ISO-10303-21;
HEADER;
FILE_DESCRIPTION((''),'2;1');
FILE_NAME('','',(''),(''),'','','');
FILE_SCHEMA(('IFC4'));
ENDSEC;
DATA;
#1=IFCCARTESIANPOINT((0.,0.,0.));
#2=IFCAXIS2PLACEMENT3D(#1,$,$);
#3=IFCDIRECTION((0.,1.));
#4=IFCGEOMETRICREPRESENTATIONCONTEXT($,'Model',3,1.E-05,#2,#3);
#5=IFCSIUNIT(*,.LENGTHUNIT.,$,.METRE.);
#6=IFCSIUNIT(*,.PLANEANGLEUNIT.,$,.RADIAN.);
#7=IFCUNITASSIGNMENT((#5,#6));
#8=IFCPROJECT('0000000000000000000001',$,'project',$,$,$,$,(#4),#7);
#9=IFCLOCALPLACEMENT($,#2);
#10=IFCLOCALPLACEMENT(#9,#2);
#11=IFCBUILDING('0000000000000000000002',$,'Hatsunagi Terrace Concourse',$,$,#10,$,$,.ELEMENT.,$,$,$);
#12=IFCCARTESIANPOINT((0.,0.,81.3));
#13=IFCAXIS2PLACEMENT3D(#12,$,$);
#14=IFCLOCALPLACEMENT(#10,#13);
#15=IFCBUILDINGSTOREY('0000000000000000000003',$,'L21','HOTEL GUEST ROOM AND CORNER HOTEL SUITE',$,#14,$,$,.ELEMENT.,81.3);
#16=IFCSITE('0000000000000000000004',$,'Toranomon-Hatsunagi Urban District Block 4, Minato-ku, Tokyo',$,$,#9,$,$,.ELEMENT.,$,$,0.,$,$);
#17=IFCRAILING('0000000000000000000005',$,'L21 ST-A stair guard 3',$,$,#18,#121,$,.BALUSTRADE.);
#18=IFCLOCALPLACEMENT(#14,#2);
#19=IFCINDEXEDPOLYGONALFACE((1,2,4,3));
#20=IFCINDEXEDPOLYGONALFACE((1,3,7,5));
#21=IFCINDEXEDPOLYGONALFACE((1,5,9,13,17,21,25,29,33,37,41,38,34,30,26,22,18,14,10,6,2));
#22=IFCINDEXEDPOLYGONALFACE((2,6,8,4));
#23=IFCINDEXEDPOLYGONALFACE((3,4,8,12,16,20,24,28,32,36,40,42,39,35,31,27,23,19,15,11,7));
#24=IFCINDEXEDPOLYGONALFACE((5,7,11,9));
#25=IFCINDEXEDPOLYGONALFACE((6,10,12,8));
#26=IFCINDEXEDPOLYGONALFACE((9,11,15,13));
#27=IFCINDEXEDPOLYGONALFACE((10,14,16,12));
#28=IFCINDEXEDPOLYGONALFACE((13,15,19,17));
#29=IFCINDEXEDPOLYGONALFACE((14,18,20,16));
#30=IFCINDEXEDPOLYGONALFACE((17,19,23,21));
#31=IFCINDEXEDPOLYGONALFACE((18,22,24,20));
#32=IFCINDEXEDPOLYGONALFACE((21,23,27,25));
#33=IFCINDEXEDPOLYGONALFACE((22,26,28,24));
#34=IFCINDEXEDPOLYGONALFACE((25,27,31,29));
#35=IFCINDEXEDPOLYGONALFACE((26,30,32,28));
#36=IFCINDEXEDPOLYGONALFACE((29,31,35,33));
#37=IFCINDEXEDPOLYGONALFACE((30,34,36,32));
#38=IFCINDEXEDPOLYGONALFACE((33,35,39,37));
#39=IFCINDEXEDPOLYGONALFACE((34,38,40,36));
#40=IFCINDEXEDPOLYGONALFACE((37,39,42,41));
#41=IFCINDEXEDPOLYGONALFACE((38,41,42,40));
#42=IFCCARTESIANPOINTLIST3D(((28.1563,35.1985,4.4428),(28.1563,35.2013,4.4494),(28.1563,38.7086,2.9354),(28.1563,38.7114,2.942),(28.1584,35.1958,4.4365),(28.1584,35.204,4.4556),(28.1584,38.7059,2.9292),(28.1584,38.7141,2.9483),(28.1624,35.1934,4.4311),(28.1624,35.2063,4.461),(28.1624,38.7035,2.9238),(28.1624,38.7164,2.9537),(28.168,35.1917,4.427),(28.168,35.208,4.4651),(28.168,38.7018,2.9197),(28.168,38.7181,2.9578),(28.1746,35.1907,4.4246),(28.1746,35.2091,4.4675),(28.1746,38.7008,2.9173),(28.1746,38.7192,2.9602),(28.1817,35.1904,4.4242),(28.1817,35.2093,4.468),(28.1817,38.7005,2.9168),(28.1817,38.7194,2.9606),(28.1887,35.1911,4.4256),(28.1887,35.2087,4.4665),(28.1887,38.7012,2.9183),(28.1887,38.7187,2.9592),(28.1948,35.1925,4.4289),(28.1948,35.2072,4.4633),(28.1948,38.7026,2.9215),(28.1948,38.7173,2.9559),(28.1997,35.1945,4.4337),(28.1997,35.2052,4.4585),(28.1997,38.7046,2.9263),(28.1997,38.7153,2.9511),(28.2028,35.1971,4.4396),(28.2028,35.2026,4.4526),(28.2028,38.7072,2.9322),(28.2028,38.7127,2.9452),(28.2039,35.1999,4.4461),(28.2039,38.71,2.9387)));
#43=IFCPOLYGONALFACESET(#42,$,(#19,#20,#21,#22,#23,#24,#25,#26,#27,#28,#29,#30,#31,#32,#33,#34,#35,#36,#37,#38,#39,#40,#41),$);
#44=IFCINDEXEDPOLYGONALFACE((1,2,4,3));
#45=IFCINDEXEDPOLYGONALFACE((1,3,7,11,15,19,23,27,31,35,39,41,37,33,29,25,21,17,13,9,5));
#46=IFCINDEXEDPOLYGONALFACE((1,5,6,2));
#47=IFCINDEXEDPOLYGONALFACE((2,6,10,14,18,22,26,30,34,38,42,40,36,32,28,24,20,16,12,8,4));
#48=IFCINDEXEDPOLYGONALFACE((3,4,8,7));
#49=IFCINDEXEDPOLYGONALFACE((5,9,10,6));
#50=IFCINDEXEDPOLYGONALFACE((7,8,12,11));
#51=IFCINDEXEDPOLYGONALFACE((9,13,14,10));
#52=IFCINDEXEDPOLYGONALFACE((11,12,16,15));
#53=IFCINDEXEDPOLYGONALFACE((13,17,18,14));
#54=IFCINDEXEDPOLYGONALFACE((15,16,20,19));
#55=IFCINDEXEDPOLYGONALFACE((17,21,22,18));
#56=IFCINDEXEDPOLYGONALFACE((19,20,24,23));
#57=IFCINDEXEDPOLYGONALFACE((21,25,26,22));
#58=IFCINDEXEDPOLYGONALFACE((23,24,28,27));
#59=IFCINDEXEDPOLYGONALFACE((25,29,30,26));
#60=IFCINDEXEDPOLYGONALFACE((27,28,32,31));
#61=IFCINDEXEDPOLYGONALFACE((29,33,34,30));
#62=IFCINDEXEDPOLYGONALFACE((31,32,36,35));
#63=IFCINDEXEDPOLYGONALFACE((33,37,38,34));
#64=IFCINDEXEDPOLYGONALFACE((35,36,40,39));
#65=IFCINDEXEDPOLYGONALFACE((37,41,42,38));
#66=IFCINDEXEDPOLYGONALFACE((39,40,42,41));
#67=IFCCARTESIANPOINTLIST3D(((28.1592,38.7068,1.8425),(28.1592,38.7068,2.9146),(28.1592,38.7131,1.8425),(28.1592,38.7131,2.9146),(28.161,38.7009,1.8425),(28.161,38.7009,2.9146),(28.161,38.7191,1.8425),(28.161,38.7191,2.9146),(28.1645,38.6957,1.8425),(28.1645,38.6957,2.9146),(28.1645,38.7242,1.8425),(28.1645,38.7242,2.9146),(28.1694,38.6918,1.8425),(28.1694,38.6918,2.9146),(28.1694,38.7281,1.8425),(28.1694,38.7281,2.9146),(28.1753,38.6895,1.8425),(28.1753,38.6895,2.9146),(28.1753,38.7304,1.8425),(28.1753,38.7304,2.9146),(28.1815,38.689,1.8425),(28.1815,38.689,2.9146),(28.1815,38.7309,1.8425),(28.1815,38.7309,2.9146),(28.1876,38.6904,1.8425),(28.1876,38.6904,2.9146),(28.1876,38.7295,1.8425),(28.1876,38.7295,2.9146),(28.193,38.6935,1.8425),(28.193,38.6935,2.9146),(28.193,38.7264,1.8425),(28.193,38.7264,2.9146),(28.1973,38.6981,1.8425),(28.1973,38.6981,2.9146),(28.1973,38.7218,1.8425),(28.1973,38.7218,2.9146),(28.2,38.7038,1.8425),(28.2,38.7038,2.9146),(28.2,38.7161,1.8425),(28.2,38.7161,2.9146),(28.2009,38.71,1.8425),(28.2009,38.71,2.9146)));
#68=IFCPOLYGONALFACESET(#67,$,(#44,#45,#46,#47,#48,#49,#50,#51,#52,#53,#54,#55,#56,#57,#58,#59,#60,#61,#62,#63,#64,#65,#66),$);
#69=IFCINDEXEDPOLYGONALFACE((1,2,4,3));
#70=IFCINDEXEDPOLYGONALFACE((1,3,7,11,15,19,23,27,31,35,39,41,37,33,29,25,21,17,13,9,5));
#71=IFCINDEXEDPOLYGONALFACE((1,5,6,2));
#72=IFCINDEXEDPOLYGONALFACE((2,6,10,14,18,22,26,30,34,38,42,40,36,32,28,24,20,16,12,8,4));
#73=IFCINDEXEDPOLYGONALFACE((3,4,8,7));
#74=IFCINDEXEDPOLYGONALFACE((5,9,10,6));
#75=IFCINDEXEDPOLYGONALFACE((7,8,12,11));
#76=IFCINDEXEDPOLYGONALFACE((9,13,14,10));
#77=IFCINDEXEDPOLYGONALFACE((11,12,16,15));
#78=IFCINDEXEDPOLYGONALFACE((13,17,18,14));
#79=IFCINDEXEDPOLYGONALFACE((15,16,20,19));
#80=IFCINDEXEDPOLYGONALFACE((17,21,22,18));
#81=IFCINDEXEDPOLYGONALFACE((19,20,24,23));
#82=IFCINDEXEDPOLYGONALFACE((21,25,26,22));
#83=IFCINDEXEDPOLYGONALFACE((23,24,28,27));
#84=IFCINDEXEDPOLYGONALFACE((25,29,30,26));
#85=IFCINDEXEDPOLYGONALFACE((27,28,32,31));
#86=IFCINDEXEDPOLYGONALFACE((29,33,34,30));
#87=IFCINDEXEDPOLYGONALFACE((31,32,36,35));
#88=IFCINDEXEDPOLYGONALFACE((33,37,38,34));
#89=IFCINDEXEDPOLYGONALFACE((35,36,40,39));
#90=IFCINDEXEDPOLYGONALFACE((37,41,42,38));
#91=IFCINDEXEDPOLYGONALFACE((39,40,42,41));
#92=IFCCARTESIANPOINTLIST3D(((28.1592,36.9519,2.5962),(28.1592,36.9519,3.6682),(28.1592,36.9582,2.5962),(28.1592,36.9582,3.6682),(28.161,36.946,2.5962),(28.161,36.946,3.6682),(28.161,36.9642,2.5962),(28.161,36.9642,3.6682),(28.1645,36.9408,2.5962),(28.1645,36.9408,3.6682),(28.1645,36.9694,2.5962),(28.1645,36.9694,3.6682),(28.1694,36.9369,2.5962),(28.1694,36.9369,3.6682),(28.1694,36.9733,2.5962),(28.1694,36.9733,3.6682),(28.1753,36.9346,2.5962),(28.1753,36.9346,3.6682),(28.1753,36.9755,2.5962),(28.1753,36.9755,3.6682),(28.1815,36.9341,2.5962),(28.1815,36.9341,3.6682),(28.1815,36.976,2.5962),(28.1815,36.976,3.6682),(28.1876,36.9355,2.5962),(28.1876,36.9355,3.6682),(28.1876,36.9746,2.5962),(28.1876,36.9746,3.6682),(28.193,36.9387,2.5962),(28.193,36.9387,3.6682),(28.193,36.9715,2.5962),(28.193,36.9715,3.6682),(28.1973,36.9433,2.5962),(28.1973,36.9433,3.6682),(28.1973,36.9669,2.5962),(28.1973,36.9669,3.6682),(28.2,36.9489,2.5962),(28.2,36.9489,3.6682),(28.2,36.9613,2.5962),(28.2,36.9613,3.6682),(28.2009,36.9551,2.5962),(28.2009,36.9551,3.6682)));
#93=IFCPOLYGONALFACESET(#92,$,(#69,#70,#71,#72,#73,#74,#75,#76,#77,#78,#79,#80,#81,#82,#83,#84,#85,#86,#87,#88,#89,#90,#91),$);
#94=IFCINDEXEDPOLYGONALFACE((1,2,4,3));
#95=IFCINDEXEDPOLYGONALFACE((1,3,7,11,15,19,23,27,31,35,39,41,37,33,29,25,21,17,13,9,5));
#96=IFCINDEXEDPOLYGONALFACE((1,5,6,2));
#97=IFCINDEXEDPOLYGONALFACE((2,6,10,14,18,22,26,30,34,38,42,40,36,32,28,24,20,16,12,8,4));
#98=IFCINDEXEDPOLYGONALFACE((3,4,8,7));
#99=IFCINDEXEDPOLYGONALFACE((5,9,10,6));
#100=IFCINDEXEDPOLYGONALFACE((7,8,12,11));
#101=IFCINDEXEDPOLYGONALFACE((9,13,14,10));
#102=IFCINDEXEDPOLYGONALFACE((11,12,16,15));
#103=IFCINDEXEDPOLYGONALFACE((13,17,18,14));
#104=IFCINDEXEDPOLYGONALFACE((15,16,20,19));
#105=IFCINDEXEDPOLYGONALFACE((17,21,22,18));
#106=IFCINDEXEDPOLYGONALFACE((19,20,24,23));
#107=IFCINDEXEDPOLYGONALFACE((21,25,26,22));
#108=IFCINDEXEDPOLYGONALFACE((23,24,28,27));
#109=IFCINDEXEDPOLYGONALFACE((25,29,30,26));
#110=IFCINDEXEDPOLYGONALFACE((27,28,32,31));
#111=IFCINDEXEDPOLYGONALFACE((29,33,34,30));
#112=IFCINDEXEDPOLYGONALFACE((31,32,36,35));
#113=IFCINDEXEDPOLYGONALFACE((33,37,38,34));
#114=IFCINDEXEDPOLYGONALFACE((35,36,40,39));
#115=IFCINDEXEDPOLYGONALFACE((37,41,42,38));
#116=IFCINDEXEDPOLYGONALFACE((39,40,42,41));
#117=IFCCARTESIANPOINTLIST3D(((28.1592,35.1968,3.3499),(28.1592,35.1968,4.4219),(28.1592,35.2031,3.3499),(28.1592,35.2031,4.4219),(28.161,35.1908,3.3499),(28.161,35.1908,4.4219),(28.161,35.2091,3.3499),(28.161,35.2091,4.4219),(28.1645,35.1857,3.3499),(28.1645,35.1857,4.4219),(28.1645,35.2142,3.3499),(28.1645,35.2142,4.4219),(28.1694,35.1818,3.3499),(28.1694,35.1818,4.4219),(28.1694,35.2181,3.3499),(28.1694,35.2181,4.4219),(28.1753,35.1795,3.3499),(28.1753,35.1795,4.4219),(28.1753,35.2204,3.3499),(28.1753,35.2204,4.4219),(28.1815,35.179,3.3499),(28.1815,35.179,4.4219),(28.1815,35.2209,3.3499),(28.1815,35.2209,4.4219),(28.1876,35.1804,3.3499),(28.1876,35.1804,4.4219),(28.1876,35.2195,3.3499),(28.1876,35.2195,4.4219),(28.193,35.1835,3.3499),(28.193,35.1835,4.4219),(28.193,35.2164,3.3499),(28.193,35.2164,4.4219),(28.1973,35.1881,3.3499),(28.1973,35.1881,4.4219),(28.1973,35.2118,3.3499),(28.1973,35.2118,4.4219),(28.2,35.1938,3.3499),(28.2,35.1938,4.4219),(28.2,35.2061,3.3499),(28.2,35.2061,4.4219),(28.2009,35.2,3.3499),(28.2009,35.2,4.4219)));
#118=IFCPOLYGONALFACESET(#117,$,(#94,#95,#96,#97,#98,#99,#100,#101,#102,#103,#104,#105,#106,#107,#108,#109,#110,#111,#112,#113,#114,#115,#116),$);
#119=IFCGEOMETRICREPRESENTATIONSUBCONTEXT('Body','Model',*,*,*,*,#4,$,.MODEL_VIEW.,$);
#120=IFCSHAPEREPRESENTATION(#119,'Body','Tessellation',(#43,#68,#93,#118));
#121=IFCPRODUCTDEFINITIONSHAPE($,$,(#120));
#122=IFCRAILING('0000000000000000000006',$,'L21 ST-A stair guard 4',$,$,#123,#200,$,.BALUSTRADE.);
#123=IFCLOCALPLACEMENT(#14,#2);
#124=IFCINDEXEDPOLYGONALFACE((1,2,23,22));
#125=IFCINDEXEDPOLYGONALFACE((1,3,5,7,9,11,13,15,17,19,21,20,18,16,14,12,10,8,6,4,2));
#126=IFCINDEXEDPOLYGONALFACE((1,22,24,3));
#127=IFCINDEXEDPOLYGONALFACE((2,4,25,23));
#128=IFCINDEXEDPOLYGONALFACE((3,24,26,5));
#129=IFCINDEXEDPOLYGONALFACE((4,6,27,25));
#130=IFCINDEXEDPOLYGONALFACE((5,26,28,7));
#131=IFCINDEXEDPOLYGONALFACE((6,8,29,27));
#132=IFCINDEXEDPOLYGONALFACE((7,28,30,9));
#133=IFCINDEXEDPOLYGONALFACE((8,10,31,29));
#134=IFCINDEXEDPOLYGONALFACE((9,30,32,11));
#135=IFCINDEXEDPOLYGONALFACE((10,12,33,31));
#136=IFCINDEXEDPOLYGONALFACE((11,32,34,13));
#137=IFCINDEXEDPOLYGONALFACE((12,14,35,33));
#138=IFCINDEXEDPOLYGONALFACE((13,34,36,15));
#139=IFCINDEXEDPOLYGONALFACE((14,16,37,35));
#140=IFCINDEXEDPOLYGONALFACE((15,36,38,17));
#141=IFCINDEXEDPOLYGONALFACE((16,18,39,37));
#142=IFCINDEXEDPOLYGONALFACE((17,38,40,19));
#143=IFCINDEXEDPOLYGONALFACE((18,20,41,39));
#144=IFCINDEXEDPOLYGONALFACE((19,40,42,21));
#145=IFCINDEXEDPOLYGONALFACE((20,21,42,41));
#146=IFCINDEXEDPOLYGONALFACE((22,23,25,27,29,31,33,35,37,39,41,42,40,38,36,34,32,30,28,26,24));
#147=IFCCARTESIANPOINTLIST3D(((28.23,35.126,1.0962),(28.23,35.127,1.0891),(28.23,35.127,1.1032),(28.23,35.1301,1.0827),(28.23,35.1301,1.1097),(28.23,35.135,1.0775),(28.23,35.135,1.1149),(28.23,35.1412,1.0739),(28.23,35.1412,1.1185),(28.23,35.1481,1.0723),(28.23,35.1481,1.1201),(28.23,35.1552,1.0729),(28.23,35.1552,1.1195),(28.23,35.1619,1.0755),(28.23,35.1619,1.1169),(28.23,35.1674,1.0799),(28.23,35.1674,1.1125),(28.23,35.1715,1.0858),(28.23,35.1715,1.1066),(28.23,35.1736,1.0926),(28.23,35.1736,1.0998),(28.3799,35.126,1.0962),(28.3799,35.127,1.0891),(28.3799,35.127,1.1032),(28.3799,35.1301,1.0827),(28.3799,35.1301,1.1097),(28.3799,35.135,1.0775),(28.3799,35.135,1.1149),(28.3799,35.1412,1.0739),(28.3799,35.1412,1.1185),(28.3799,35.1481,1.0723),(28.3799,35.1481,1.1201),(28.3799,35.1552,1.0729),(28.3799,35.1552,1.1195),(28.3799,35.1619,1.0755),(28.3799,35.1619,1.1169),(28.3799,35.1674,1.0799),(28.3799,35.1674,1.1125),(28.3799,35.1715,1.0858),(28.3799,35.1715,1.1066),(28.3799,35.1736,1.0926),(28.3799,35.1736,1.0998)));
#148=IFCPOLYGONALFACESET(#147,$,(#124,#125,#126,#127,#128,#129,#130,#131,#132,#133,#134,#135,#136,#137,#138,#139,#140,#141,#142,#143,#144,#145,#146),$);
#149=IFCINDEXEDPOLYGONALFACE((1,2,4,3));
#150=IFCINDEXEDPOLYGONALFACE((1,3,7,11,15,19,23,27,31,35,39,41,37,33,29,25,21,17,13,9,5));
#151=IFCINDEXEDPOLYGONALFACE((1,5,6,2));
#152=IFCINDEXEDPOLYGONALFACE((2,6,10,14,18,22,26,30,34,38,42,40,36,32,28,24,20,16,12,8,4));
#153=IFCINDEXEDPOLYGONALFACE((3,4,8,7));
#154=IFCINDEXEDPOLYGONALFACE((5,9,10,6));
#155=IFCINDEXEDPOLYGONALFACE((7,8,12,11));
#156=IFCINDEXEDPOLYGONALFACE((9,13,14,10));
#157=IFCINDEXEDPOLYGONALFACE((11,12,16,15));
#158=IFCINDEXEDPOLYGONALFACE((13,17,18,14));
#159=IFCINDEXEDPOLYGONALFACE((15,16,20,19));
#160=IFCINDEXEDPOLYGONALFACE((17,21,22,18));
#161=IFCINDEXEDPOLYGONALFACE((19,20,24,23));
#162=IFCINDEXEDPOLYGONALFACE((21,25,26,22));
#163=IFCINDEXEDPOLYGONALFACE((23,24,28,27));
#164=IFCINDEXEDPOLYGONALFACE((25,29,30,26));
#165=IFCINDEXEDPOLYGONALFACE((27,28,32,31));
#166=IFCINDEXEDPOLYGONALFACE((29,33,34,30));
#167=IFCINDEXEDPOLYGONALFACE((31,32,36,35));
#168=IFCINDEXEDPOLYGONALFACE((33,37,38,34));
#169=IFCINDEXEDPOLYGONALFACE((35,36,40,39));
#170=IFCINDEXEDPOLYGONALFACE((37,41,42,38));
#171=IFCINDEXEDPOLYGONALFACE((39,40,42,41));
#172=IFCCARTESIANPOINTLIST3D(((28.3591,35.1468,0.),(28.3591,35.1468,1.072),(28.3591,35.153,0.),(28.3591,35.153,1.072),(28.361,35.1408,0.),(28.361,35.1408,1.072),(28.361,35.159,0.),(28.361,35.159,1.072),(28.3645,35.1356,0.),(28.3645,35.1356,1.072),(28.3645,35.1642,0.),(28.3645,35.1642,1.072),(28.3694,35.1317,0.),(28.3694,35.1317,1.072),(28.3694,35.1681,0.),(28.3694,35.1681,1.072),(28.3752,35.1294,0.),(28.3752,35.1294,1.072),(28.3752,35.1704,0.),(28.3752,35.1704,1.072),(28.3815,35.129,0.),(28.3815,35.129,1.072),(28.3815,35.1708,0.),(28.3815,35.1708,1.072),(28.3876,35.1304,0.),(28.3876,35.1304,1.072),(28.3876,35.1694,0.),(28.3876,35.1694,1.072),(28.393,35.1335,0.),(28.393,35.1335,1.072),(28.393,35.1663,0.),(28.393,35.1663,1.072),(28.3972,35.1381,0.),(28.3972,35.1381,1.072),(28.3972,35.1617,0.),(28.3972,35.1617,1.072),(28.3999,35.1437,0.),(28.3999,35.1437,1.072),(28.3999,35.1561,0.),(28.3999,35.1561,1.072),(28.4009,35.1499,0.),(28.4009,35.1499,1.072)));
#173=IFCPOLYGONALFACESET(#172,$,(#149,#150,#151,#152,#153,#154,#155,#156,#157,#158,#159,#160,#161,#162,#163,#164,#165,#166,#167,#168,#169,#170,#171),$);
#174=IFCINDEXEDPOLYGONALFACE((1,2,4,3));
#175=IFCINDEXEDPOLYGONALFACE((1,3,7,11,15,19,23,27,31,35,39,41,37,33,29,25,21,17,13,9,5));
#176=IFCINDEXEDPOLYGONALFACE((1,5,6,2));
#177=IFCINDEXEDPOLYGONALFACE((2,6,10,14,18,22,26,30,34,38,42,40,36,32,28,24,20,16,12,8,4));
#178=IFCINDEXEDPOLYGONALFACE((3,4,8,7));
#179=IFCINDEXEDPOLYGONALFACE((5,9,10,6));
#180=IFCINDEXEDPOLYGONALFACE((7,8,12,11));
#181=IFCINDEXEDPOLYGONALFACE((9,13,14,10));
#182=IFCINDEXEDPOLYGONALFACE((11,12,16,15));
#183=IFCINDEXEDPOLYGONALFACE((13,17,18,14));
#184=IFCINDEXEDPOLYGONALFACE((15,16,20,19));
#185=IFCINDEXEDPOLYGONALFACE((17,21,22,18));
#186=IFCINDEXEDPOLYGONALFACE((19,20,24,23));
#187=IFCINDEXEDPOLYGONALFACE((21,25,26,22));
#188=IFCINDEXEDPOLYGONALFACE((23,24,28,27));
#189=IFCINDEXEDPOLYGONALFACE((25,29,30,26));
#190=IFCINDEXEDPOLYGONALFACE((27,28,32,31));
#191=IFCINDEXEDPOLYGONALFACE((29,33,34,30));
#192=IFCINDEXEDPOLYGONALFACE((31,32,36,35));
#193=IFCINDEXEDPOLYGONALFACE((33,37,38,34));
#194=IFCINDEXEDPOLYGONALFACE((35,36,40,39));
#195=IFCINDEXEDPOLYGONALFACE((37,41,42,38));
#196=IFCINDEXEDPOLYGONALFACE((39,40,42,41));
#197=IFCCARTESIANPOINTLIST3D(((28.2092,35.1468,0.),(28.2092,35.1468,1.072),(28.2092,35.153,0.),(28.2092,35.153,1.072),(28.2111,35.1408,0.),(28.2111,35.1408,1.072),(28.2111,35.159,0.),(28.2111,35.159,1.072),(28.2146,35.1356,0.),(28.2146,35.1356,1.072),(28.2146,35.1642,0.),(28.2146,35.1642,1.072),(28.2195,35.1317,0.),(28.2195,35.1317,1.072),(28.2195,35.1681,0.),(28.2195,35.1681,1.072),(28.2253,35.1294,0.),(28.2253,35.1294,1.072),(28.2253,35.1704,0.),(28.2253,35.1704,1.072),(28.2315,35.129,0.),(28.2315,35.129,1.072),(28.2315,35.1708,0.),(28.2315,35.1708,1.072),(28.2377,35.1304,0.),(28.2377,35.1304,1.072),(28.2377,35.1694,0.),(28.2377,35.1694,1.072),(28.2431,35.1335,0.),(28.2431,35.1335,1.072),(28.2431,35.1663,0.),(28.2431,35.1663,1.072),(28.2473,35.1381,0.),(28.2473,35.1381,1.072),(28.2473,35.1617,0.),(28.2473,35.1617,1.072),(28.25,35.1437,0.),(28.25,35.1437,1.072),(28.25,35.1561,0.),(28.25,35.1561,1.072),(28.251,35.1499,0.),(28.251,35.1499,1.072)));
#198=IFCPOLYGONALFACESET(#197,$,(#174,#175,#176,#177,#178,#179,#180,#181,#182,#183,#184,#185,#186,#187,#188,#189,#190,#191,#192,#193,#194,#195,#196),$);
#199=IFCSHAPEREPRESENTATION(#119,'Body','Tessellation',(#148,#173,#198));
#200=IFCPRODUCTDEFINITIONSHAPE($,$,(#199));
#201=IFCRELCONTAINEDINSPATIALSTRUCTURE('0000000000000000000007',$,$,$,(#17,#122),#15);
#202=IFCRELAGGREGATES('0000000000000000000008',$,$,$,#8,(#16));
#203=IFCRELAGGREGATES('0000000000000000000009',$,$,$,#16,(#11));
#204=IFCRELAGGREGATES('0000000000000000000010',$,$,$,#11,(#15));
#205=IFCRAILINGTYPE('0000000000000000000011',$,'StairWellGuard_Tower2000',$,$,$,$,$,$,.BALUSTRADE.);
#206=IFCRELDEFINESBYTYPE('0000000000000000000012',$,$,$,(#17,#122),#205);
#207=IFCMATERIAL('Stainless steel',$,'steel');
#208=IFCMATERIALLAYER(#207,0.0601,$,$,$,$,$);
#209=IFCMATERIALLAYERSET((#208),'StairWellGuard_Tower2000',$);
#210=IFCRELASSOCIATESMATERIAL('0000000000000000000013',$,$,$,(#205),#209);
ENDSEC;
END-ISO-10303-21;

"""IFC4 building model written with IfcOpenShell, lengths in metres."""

from ifc_helpers import new_model, si_unit, direction, frame, origin, origin_2d, place, context, subcontext, project, spatial, circle, extrude, material, layer, layer_set, type_object, element, save


model = new_model("IFC4")

# Units and contexts
model_context = context("Model", 3, precision=1e-05, world=origin(), true_north=direction((0.0, 1.0)))
body_context = subcontext(model_context, "Body", "Model", "MODEL_VIEW")
ifc_project = project(units=[si_unit("LENGTHUNIT", "METRE"), si_unit("PLANEANGLEUNIT", "RADIAN")], contexts=[model_context])

# Site, building, storey
site_placement = place(None, origin())
site = spatial("IfcSite", under=ifc_project, at=site_placement, Name="Toranomon-Hatsunagi Urban District Block 4, Minato-ku, Tokyo", CompositionType="ELEMENT", RefElevation=0.0)
building_placement = place(site_placement, origin())
building = spatial("IfcBuilding", under=site, at=building_placement, Name="Hatsunagi Terrace Concourse", CompositionType="ELEMENT")
storey_placement = place(building_placement, frame((0.0, 0.0, 81.3)))
storey = spatial("IfcBuildingStorey", under=building, at=storey_placement, Name="L21", Description="HOTEL GUEST ROOM AND CORNER HOTEL SUITE", CompositionType="ELEMENT", Elevation=81.3)

# Railings
ifc_material_1 = material(Name="Stainless steel", Category="steel")
ifc_layer_1 = layer(ifc_material_1, 0.0601)
ifc_layer_set_1 = layer_set([ifc_layer_1], Name="StairWellGuard_Tower2000")
railing_type_1 = type_object("IfcRailingType", Name="StairWellGuard_Tower2000", PredefinedType="BALUSTRADE", material=ifc_layer_set_1)
railing_1_placement = place(storey_placement, frame((28.1799, 38.71, 1.8425)))
element("IfcRailing", 1, at=railing_1_placement, inside=storey, type_object=railing_type_1, Name="L21 ST-A stair guard 3", PredefinedType="BALUSTRADE", context=body_context, shape_type="SweptSolid", body=[
    extrude(circle(Radius=0.0239, at=origin_2d()), frame((0.0, 0.0, 1.0962), z_axis=(0.0, -0.918857, 0.39459), x_axis=(1.0, 0.0, 0.0)), (0.0, 0.0, 1.0), 3.8201),
    extrude(circle(Radius=0.021, at=origin_2d()), origin(), (0.0, 0.0, 1.0), 1.072),
    extrude(circle(Radius=0.021, at=origin_2d()), frame((0.0, -1.7549, 0.7537)), (0.0, 0.0, 1.0), 1.072),
    extrude(circle(Radius=0.021, at=origin_2d()), frame((0.0, -3.51, 1.5073)), (0.0, 0.0, 1.0), 1.072),
])
railing_2_placement = place(storey_placement, frame((28.3799, 35.1499, 0.0)))
element("IfcRailing", 2, at=railing_2_placement, inside=storey, type_object=railing_type_1, Name="L21 ST-A stair guard 4", PredefinedType="BALUSTRADE", context=body_context, shape_type="SweptSolid", body=[
    extrude(circle(Radius=0.0239, at=origin_2d()), frame((0.0, 0.0, 1.0962), z_axis=(-1.0, 0.0, 0.0), x_axis=(0.0, -1.0, 0.0)), (0.0, 0.0, 1.0), 0.1499),
    extrude(circle(Radius=0.021, at=origin_2d()), origin(), (0.0, 0.0, 1.0), 1.072),
    extrude(circle(Radius=0.021, at=origin_2d()), frame((-0.1499, 0.0, 0.0)), (0.0, 0.0, 1.0), 1.072),
])

save(model, "model.ifc")
